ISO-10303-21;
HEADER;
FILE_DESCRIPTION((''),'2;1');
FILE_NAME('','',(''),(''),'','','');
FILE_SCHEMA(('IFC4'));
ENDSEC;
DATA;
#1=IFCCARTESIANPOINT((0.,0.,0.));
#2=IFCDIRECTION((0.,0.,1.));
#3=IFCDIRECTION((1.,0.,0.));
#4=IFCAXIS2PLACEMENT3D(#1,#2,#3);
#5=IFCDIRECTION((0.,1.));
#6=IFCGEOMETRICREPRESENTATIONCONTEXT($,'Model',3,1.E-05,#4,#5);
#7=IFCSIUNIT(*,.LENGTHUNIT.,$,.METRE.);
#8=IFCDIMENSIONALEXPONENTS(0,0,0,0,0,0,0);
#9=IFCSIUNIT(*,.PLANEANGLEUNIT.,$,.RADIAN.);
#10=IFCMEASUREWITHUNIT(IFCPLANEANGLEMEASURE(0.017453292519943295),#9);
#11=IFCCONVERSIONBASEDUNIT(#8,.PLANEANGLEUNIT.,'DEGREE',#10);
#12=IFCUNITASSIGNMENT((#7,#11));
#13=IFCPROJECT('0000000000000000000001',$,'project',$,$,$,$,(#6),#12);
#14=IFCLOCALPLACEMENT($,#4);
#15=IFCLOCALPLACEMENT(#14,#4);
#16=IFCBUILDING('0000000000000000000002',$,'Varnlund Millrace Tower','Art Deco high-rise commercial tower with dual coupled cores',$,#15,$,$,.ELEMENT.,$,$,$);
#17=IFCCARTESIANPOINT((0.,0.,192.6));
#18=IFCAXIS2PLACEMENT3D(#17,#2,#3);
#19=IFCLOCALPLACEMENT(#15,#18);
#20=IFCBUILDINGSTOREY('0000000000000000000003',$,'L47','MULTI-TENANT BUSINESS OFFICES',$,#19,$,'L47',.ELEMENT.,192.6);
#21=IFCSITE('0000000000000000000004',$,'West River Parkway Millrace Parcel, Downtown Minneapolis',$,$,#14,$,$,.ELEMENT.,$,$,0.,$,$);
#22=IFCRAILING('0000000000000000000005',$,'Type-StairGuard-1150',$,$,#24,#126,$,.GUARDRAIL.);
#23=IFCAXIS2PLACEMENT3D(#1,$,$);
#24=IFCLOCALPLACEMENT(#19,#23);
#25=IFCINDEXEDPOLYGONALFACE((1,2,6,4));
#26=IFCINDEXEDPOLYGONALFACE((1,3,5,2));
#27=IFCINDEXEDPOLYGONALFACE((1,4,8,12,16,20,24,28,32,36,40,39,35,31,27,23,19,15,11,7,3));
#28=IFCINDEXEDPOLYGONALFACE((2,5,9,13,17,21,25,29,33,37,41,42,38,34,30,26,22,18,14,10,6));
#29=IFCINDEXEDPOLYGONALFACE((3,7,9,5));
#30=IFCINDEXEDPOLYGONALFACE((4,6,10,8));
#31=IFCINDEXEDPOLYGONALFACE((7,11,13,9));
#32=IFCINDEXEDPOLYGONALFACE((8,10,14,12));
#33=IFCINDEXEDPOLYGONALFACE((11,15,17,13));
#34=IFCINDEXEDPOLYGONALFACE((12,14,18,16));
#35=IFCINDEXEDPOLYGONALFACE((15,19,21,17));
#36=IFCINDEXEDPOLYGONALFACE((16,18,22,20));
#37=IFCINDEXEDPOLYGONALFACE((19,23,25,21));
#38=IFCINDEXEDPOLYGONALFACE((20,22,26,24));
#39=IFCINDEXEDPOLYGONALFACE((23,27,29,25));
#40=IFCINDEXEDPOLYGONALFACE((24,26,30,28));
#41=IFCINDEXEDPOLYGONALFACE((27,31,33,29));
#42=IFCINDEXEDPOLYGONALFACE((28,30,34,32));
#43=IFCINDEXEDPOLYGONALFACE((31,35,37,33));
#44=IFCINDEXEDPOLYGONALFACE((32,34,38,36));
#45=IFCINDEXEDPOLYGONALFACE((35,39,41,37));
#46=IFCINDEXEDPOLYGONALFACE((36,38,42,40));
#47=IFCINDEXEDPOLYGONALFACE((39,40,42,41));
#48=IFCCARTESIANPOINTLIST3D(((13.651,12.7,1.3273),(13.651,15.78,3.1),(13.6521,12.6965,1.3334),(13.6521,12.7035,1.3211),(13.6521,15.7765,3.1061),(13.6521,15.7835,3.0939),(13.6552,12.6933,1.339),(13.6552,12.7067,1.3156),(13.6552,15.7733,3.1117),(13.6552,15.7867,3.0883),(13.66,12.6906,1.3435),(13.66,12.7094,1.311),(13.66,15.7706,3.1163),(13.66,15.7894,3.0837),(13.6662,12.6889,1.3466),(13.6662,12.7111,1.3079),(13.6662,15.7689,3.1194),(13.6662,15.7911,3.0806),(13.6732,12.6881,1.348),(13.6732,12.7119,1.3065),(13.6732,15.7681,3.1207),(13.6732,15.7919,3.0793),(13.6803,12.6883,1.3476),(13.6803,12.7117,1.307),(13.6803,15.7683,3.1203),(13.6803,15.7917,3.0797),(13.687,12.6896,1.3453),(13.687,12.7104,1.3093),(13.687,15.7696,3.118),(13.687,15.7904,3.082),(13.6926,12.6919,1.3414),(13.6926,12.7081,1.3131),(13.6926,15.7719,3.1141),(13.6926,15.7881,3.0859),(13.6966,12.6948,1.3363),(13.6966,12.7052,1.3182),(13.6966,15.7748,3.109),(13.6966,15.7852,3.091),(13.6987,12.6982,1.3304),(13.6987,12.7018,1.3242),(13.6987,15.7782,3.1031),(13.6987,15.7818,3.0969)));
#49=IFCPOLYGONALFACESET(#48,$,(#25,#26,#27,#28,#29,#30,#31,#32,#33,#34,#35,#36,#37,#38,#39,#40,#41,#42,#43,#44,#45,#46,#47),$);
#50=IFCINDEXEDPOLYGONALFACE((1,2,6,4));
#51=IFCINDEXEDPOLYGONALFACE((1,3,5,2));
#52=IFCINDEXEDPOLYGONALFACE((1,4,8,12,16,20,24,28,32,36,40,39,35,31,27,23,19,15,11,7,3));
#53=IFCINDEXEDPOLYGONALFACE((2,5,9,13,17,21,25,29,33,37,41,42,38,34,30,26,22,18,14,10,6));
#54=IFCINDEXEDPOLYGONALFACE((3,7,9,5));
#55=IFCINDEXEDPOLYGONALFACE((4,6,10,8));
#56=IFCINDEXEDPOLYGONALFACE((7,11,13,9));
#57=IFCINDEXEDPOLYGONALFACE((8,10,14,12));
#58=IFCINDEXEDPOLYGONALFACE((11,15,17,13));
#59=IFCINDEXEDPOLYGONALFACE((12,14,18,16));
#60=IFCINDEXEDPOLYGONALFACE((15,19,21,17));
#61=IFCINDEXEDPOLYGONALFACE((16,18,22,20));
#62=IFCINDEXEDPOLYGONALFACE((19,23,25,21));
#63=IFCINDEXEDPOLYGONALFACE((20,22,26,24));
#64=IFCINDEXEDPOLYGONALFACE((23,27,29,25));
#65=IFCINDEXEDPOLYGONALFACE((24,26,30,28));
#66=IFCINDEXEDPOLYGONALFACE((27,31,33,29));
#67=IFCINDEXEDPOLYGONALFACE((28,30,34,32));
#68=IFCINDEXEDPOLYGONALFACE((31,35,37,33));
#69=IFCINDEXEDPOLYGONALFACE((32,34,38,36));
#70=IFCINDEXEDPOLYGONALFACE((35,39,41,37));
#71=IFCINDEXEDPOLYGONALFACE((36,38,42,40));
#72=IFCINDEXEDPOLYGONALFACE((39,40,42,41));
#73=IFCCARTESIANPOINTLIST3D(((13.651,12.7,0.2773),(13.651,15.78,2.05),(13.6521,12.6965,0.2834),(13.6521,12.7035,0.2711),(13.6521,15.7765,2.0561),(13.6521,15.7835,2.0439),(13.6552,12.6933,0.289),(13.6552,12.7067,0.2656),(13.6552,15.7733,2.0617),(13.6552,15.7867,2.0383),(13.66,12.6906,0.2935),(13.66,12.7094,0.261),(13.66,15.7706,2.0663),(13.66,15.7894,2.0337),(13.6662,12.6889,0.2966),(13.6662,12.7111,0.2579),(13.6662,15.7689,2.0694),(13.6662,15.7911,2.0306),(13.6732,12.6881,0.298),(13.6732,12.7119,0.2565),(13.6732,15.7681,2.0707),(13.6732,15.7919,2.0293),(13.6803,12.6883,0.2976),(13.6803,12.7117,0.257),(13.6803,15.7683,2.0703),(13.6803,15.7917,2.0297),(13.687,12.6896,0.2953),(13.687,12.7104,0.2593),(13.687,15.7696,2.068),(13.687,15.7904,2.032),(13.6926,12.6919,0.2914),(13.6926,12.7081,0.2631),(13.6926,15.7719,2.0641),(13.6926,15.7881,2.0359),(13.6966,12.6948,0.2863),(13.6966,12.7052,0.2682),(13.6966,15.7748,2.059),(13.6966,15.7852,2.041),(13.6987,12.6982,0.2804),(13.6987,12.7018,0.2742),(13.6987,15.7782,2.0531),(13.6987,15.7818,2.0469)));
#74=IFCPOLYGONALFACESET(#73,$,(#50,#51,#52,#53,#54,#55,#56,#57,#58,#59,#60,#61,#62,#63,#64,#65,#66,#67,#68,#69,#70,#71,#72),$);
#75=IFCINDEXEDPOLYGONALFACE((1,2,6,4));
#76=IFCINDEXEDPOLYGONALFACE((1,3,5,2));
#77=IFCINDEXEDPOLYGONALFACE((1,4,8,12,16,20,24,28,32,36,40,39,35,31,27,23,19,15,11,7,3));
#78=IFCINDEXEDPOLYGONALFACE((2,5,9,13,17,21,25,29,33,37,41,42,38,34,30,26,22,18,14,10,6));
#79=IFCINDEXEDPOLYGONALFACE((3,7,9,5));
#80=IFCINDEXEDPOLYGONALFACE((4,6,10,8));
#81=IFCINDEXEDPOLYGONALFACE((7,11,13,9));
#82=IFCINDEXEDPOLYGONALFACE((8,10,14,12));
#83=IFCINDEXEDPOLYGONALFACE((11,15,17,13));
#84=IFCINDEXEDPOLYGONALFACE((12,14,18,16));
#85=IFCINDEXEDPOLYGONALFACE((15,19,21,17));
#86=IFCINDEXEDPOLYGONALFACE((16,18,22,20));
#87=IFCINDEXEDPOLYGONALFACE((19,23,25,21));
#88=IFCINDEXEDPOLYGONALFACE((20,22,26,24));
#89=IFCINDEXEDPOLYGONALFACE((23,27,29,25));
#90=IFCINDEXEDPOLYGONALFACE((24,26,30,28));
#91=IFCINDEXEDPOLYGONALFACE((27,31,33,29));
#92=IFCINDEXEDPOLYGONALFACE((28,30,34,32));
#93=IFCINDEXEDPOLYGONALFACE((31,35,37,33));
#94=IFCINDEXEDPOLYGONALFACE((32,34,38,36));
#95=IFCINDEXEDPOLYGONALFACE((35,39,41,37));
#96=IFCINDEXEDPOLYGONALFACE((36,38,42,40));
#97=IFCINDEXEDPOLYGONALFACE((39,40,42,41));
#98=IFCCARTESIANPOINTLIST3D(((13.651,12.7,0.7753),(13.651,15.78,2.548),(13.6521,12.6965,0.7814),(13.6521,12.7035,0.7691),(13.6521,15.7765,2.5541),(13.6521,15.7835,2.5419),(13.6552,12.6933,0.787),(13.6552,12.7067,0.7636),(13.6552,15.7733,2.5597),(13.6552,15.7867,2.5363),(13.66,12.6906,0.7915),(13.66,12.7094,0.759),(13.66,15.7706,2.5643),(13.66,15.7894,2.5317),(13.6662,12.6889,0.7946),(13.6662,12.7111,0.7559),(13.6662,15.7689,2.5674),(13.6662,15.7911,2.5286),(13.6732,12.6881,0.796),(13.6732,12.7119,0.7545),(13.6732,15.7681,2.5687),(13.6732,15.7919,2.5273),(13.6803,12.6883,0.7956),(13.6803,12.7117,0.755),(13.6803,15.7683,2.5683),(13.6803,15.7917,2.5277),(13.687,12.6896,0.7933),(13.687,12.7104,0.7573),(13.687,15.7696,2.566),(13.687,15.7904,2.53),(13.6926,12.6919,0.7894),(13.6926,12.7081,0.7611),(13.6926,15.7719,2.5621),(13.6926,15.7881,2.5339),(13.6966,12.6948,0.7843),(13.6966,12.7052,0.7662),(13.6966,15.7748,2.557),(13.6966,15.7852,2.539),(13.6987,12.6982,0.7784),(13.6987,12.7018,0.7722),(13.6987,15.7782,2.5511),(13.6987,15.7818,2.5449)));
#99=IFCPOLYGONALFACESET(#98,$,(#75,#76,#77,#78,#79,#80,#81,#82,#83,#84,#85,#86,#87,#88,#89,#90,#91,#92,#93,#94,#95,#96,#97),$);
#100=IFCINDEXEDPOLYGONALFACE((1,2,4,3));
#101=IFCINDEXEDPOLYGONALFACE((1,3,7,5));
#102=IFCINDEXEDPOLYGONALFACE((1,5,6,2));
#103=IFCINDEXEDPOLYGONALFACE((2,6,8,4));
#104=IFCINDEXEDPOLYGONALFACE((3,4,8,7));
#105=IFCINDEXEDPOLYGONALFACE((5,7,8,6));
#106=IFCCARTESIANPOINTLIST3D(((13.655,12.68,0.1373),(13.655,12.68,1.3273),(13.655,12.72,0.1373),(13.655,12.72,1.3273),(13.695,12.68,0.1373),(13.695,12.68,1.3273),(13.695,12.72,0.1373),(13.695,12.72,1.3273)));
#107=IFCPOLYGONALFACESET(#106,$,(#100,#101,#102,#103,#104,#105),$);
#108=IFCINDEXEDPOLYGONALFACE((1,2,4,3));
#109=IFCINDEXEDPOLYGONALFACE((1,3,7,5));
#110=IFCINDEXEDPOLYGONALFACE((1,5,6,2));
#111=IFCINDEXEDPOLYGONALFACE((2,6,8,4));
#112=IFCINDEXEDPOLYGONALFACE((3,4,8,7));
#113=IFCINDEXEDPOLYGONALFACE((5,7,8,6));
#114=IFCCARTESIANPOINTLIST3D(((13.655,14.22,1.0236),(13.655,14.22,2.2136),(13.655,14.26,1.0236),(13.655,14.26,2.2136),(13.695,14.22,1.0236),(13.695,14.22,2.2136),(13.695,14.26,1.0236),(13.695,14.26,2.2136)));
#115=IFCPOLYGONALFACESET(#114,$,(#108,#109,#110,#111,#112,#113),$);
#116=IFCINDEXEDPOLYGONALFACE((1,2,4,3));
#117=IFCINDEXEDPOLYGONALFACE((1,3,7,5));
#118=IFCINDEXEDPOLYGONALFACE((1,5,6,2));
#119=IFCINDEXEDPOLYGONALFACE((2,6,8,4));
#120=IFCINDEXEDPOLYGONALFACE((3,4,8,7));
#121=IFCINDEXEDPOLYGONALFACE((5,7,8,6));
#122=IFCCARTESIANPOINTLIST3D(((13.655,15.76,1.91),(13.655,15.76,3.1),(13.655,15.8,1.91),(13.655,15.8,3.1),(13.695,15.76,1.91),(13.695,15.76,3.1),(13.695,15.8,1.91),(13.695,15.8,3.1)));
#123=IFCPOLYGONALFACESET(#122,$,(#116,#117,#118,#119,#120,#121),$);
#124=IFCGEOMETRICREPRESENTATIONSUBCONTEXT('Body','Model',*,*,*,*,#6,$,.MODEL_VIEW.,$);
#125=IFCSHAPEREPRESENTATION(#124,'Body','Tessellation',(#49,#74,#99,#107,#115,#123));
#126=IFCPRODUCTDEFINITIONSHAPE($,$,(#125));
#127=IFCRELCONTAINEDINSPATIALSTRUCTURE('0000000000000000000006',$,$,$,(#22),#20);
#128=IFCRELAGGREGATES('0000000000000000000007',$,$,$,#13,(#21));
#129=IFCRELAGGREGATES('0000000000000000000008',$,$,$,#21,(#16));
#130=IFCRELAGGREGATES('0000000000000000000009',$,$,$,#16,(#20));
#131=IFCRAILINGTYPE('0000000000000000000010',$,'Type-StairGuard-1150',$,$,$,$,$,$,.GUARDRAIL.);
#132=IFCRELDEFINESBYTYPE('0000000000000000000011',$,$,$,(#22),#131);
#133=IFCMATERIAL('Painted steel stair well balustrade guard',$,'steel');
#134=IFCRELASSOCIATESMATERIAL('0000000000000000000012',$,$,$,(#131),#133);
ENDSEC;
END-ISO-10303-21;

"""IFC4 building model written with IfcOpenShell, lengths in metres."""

from ifc_helpers import new_model, entity, si_unit, converted_unit, direction, frame, origin_with_axes, origin_2d_with_axis, place, context, subcontext, project, spatial, rectangle, circle, extrude, material, type_object, element, save


model = new_model("IFC4")

# Units and contexts
model_context = context("Model", 3, precision=1e-05, world=origin_with_axes(), true_north=direction((0.0, 1.0)))
body_context = subcontext(model_context, "Body", "Model", "MODEL_VIEW")
ifc_project = project(units=[si_unit("LENGTHUNIT", "METRE"), converted_unit("PLANEANGLEUNIT", "DEGREE", entity("IfcPlaneAngleMeasure", 0.017453292519943295), si_unit("PLANEANGLEUNIT", "RADIAN"), dimensions=[0, 0, 0, 0, 0, 0, 0])], contexts=[model_context])

# Site, building, storey
site_placement = place(None, origin_with_axes())
site = spatial("IfcSite", under=ifc_project, at=site_placement, Name="West River Parkway Millrace Parcel, Downtown Minneapolis", CompositionType="ELEMENT", RefElevation=0.0)
building_placement = place(site_placement, origin_with_axes())
building = spatial("IfcBuilding", under=site, at=building_placement, Name="Varnlund Millrace Tower", Description="Art Deco high-rise commercial tower with dual coupled cores", CompositionType="ELEMENT")
storey_placement = place(building_placement, frame((0.0, 0.0, 192.6), z_axis=(0.0, 0.0, 1.0), x_axis=(1.0, 0.0, 0.0)))
storey = spatial("IfcBuildingStorey", under=building, at=storey_placement, Name="L47", Description="MULTI-TENANT BUSINESS OFFICES", LongName="L47", CompositionType="ELEMENT", Elevation=192.6)

# Railing
ifc_material_1 = material(Name="Painted steel stair well balustrade guard", Category="steel")
railing_type_1 = type_object("IfcRailingType", Name="Type-StairGuard-1150", PredefinedType="GUARDRAIL", material=ifc_material_1)
railing_1_placement = place(storey_placement, frame((0.0, 0.0, -192.6), z_axis=(0.0, 0.0, 1.0), x_axis=(1.0, 0.0, 0.0)))
element("IfcRailing", 1, at=railing_1_placement, inside=storey, type_object=railing_type_1, Name="Type-StairGuard-1150", PredefinedType="GUARDRAIL", context=body_context, shape_type="SweptSolid", body=[
    extrude(circle(Radius=0.024, at=origin_2d_with_axis()), frame((13.675, 12.7, 193.9273), z_axis=(0.0, 0.866696, 0.498836), x_axis=(-1.0, 0.0, 0.0)), (0.0, 0.0, 1.0), 3.5537),
    extrude(circle(Radius=0.024, at=origin_2d_with_axis()), frame((13.675, 12.7, 192.8773), z_axis=(0.0, 0.866696, 0.498836), x_axis=(-1.0, 0.0, 0.0)), (0.0, 0.0, 1.0), 3.5537),
    extrude(circle(Radius=0.024, at=origin_2d_with_axis()), frame((13.675, 12.7, 193.3753), z_axis=(0.0, 0.866696, 0.498836), x_axis=(-1.0, 0.0, 0.0)), (0.0, 0.0, 1.0), 3.5537),
    extrude(rectangle(XDim=0.04, YDim=0.04, at=origin_2d_with_axis()), frame((13.675, 12.7, 192.7373), z_axis=(0.0, 0.0, 1.0), x_axis=(1.0, 0.0, 0.0)), (0.0, 0.0, 1.0), 1.19),
    extrude(rectangle(XDim=0.04, YDim=0.04, at=origin_2d_with_axis()), frame((13.675, 14.24, 193.6236), z_axis=(0.0, 0.0, 1.0), x_axis=(1.0, 0.0, 0.0)), (0.0, 0.0, 1.0), 1.19),
    extrude(rectangle(XDim=0.04, YDim=0.04, at=origin_2d_with_axis()), frame((13.675, 15.78, 194.51), z_axis=(0.0, 0.0, 1.0), x_axis=(1.0, 0.0, 0.0)), (0.0, 0.0, 1.0), 1.19),
])

save(model, "model.ifc")
